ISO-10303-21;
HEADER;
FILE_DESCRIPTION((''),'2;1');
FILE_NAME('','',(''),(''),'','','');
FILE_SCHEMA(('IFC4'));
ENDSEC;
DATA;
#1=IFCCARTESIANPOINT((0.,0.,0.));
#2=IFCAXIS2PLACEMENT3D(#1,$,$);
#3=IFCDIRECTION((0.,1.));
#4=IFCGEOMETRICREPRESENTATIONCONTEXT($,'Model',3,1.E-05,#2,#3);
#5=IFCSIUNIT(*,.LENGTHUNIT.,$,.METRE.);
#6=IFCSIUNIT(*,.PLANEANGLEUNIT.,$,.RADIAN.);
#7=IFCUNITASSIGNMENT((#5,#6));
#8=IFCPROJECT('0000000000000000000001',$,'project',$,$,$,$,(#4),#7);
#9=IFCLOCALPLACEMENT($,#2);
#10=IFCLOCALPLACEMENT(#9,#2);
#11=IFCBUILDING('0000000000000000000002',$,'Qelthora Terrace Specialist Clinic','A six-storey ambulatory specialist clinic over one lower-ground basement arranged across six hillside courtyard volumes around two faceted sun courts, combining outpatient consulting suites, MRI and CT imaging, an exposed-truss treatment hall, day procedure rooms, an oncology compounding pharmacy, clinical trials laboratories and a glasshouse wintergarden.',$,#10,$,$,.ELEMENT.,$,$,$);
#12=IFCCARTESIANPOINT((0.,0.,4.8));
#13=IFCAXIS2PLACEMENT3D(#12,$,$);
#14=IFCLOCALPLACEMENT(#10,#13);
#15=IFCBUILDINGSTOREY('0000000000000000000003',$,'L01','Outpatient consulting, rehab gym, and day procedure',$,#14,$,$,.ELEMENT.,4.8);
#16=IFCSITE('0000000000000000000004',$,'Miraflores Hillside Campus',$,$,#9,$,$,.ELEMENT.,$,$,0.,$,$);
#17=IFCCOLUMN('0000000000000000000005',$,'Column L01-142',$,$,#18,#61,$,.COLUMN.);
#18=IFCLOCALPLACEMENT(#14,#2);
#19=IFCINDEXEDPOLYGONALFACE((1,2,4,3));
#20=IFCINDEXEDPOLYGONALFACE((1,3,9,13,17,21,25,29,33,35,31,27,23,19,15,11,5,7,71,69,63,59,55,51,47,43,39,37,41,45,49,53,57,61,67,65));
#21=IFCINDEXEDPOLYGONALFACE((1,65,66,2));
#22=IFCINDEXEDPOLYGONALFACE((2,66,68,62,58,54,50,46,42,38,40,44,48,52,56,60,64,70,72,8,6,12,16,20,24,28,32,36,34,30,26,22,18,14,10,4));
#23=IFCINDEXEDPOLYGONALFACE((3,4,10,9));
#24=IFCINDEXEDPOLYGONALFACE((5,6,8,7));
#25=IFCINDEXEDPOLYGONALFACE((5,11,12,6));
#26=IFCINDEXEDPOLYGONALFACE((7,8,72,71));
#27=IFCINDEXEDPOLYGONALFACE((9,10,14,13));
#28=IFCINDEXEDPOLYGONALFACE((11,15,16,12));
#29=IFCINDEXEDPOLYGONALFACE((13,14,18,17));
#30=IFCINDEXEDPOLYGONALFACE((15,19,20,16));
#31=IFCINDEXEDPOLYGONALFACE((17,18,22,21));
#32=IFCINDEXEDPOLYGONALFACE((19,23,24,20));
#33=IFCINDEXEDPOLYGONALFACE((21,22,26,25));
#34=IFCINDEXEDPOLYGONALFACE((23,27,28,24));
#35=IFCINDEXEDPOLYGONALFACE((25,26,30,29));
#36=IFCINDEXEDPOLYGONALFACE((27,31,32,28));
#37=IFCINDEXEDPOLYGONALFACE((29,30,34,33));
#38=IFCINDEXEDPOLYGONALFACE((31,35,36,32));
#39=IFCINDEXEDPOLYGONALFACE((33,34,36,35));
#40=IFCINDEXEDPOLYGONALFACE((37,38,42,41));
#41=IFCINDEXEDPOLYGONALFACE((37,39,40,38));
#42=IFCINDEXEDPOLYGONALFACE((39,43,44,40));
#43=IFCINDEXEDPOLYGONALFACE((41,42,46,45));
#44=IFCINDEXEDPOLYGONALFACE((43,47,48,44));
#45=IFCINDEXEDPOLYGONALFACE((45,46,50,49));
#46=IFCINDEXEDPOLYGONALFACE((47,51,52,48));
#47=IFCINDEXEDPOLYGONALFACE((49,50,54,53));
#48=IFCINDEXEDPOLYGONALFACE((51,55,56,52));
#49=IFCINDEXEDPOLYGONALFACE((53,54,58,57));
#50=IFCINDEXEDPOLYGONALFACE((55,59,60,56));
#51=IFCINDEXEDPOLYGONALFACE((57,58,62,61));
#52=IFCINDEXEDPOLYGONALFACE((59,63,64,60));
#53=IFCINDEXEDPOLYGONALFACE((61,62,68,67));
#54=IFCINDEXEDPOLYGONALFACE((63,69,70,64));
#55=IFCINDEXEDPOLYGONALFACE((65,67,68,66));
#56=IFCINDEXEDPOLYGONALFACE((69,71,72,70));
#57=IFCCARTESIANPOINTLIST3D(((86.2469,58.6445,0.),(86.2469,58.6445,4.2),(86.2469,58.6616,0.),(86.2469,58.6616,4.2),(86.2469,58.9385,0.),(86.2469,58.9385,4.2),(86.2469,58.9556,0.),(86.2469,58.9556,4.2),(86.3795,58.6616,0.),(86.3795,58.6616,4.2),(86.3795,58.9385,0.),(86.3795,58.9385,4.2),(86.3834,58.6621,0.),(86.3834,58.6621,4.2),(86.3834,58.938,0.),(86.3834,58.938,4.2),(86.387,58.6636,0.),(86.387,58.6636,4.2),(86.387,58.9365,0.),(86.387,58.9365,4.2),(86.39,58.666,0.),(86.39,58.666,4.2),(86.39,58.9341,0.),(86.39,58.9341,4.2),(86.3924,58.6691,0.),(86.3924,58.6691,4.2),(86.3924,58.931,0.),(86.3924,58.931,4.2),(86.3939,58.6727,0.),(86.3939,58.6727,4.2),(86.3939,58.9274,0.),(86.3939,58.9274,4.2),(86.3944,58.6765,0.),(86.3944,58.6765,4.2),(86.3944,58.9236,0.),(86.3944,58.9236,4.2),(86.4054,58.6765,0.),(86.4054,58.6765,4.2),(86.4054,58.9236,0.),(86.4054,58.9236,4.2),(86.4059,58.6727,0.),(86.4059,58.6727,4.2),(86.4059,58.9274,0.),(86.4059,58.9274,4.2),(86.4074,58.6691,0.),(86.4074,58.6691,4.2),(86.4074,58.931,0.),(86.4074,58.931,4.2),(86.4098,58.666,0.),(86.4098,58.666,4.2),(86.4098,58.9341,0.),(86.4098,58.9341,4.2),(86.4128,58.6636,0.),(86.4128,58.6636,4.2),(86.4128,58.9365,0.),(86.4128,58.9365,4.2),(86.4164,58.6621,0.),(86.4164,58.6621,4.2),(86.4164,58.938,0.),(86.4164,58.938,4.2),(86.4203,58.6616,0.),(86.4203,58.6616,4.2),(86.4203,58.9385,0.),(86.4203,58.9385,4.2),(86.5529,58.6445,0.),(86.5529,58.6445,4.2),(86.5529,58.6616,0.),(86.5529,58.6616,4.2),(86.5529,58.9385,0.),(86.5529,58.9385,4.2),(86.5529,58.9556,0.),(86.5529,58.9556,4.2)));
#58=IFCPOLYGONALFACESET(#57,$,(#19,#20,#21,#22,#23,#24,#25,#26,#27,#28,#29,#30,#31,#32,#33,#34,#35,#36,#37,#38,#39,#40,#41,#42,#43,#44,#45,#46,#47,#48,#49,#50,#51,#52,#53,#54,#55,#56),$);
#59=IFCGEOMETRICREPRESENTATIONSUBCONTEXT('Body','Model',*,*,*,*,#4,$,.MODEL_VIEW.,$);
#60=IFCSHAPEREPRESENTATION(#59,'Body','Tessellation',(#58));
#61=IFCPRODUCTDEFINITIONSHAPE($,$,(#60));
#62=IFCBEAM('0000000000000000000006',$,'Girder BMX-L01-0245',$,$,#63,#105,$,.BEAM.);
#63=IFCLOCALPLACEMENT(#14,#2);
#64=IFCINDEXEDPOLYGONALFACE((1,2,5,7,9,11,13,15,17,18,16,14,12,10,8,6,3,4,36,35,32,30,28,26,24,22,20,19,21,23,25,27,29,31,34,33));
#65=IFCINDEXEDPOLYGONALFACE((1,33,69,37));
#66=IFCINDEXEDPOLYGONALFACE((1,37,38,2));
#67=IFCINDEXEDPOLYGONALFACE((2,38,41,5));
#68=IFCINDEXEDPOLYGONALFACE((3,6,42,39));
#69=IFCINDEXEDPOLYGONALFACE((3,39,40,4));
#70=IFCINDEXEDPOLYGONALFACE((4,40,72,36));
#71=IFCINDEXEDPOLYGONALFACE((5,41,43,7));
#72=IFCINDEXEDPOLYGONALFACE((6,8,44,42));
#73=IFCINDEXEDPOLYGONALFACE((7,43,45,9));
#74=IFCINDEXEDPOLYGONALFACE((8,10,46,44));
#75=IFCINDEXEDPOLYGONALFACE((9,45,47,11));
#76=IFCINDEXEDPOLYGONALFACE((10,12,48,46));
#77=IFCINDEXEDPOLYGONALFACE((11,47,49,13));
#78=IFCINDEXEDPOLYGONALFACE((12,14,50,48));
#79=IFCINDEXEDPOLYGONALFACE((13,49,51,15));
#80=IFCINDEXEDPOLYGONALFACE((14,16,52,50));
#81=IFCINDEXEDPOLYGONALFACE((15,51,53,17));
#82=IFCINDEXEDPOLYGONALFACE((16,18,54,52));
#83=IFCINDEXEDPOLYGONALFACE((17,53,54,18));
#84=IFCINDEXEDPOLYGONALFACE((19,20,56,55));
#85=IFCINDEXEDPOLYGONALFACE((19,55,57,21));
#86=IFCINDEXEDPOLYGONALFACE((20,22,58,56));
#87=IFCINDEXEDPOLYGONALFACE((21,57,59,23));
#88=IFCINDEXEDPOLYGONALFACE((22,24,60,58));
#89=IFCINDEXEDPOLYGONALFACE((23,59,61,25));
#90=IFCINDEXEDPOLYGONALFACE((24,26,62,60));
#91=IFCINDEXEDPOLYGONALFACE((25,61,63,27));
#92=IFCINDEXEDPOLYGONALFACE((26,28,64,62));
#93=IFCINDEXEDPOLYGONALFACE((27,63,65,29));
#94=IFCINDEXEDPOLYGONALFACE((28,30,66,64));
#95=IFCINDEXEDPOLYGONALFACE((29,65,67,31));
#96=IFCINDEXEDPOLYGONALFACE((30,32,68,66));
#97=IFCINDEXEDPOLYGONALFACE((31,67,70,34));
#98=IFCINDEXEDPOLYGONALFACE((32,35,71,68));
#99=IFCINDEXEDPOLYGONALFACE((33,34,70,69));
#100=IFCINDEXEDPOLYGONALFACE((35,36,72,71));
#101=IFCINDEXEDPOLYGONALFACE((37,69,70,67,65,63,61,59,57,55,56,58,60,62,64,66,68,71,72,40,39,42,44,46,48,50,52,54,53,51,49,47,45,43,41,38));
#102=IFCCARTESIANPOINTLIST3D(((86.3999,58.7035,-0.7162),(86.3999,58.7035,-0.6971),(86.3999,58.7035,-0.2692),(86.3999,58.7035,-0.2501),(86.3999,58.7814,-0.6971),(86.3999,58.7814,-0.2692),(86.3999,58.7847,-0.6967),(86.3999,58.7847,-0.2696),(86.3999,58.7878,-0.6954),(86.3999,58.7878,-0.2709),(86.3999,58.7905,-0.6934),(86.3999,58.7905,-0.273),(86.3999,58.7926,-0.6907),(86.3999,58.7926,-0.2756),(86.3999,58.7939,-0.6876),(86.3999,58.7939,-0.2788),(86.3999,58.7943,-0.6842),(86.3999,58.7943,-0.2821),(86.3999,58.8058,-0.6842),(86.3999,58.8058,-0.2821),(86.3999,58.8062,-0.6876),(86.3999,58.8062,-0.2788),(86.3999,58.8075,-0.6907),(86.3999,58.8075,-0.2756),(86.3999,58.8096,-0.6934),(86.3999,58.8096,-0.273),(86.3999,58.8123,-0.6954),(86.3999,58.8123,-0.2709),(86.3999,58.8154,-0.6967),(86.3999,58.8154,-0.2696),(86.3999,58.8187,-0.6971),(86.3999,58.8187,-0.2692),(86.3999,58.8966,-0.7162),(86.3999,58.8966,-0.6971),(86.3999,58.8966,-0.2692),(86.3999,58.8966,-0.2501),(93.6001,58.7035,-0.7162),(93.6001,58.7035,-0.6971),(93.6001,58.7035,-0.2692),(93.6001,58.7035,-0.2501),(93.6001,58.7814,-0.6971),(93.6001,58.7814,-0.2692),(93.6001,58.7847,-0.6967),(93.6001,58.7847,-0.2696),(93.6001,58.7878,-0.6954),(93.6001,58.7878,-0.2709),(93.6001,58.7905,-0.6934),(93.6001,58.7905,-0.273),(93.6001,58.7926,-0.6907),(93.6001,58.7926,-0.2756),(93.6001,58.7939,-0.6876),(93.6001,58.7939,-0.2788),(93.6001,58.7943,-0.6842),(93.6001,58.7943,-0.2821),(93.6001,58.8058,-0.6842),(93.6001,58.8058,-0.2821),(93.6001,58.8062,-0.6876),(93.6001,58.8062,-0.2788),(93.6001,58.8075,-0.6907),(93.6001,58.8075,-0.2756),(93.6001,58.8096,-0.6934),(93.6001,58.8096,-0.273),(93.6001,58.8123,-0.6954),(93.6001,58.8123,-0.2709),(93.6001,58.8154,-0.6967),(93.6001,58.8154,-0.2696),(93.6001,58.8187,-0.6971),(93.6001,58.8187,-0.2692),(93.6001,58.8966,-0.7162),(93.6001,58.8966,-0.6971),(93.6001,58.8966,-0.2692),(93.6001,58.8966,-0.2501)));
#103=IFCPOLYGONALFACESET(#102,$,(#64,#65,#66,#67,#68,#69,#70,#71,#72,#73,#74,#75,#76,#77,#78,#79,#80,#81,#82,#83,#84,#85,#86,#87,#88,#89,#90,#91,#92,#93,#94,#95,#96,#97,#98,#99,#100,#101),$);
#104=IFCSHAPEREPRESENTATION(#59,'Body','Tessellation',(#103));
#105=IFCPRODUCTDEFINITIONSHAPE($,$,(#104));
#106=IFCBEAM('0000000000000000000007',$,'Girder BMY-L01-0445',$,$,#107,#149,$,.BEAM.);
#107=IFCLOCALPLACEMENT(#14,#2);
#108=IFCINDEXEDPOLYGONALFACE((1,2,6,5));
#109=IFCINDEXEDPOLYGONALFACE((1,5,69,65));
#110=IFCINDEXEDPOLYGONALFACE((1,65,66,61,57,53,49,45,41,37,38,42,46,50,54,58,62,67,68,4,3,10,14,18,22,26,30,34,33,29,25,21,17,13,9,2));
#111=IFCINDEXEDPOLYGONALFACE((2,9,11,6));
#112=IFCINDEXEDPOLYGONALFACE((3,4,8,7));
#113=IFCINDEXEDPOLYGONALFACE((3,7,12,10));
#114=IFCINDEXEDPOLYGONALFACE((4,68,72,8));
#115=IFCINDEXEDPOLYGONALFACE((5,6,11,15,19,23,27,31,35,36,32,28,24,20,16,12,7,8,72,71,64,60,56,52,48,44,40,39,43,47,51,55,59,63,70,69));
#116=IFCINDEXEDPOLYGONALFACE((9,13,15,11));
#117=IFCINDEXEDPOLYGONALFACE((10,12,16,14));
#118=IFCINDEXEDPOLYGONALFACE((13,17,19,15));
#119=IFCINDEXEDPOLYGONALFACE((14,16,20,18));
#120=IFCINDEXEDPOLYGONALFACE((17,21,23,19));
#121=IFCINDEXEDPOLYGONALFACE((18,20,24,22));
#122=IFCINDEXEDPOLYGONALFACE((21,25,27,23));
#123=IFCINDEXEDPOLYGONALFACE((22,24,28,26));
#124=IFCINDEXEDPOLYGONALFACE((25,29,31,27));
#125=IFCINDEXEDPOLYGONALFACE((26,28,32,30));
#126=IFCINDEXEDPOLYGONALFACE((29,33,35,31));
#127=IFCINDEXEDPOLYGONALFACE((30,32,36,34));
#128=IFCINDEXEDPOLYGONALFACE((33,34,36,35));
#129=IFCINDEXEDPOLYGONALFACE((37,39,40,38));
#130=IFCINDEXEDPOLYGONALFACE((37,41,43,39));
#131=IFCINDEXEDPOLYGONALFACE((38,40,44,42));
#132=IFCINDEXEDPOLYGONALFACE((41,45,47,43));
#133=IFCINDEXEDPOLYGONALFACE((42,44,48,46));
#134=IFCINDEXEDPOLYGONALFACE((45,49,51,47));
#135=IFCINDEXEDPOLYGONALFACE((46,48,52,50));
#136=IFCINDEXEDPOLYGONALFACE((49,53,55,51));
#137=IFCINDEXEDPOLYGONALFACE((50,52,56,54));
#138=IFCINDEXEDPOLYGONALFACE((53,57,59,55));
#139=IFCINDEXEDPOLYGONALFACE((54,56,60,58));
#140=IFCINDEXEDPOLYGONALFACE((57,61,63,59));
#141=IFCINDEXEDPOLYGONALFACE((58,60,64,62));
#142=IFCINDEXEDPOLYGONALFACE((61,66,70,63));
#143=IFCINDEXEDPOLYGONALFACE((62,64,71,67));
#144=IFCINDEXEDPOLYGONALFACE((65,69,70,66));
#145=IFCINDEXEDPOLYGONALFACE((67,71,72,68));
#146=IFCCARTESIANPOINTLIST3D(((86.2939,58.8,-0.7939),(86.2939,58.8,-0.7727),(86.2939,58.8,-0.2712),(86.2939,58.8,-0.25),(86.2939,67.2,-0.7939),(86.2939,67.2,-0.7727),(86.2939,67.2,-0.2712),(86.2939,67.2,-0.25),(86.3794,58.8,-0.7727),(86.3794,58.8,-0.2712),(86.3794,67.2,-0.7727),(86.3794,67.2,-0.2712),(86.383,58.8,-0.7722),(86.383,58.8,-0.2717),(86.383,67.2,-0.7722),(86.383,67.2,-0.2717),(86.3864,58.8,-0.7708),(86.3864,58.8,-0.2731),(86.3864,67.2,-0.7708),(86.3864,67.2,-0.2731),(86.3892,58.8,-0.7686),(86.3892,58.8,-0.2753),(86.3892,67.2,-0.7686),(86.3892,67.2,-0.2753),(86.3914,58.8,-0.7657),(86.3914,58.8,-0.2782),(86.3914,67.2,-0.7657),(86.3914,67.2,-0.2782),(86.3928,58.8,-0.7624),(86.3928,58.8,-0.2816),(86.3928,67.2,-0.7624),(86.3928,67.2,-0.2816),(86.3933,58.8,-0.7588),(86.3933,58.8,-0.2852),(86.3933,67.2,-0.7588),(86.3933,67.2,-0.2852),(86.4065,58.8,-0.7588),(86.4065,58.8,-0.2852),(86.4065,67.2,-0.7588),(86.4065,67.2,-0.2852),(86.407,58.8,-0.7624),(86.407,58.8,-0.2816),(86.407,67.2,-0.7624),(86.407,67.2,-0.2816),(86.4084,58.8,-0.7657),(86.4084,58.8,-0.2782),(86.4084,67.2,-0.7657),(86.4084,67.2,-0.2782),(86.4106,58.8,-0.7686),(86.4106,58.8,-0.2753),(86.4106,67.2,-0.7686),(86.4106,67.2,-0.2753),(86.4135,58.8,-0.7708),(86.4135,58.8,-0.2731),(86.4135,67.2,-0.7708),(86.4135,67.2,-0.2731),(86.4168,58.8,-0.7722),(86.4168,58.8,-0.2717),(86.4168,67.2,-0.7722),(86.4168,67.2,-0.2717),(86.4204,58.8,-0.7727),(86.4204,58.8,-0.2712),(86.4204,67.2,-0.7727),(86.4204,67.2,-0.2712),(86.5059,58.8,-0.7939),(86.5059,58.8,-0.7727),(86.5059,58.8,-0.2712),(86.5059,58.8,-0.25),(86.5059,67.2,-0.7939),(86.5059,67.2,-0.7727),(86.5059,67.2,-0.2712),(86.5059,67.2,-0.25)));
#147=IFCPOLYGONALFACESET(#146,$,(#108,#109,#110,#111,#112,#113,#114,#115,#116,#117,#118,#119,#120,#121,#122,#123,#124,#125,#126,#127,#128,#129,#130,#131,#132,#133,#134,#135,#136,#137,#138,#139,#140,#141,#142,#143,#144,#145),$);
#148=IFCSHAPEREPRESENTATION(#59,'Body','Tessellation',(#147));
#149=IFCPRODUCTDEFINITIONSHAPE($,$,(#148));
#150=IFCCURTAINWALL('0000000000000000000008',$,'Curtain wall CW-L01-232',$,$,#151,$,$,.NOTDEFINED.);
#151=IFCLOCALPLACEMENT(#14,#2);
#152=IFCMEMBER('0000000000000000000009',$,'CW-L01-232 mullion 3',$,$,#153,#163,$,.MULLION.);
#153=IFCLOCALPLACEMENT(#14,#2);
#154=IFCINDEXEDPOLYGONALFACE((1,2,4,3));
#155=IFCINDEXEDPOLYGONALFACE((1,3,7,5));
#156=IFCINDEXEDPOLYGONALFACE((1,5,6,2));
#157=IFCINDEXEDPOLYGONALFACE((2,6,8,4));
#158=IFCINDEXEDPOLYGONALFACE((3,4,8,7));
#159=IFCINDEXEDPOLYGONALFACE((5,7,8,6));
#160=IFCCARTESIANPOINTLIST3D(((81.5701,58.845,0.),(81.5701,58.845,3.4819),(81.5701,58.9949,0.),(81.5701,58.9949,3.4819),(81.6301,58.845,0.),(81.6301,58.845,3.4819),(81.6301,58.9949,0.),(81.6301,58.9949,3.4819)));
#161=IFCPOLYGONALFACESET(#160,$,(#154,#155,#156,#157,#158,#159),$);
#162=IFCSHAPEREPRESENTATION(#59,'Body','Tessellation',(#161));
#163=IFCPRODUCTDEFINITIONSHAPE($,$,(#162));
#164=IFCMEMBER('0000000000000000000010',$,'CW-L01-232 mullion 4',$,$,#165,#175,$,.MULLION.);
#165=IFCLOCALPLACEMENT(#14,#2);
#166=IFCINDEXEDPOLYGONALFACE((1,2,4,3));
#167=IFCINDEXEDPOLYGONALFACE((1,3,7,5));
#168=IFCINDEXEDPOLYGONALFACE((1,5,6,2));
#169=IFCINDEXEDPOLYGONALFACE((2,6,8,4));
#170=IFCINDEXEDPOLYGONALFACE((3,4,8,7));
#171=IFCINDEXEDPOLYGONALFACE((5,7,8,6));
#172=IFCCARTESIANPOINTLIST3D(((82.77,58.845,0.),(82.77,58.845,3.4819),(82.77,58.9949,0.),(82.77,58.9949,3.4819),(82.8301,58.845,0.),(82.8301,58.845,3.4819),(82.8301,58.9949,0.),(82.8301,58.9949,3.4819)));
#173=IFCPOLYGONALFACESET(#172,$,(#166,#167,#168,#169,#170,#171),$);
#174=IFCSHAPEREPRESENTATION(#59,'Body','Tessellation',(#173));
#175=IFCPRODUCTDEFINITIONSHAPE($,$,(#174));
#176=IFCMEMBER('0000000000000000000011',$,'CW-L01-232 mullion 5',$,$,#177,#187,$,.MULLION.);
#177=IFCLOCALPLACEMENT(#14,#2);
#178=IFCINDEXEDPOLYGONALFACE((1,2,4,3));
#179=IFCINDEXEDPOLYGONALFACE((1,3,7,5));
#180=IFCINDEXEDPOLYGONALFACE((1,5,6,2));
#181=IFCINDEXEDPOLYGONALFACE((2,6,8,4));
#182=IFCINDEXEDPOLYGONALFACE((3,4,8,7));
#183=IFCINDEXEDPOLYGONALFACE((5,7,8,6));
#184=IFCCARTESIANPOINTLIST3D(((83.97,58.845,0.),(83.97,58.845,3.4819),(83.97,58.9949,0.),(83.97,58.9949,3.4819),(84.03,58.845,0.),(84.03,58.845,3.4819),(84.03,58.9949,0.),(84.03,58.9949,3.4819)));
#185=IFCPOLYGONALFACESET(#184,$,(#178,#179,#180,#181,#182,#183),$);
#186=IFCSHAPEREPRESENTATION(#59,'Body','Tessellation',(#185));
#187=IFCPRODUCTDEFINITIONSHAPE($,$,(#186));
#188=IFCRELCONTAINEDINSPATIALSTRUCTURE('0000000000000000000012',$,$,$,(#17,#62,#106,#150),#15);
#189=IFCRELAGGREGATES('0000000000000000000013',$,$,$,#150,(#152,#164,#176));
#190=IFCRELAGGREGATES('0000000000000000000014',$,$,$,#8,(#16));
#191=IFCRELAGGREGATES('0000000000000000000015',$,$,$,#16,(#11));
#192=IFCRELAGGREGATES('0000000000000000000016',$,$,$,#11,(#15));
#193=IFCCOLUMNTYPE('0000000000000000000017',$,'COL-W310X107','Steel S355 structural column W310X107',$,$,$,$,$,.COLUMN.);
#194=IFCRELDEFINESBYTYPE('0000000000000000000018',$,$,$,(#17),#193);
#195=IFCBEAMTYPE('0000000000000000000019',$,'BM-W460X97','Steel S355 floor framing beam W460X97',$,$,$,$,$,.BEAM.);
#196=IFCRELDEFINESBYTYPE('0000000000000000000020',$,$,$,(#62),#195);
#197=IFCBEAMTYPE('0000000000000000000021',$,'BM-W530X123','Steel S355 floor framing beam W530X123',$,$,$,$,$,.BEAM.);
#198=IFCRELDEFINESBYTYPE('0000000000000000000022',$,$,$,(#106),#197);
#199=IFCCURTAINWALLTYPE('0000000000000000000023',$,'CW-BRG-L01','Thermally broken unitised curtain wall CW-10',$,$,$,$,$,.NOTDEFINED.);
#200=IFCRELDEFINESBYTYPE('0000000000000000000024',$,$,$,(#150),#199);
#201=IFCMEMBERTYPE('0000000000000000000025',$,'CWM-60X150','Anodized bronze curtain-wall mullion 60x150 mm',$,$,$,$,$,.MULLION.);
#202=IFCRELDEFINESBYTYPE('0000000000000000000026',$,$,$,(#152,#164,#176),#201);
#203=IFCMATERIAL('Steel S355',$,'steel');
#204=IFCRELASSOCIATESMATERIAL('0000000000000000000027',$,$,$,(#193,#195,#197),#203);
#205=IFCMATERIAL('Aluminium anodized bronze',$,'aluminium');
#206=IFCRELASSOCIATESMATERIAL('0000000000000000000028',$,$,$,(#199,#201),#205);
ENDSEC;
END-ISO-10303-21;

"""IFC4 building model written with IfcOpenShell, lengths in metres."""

from ifc_helpers import new_model, si_unit, direction, frame, origin, origin_2d, place, context, subcontext, project, spatial, rectangle, i_section, extrude, material, material_profile, profile_set, type_object, element, aggregate, save


model = new_model("IFC4")

# Units and contexts
model_context = context("Model", 3, precision=1e-05, world=origin(), true_north=direction((0.0, 1.0)))
body_context = subcontext(model_context, "Body", "Model", "MODEL_VIEW")
ifc_project = project(units=[si_unit("LENGTHUNIT", "METRE"), si_unit("PLANEANGLEUNIT", "RADIAN")], contexts=[model_context])

# Site, building, storey
site_placement = place(None, origin())
site = spatial("IfcSite", under=ifc_project, at=site_placement, Name="Miraflores Hillside Campus", CompositionType="ELEMENT", RefElevation=0.0)
building_placement = place(site_placement, origin())
building = spatial("IfcBuilding", under=site, at=building_placement, Name="Qelthora Terrace Specialist Clinic", Description="A six-storey ambulatory specialist clinic over one lower-ground basement arranged across six hillside courtyard volumes around two faceted sun courts, combining outpatient consulting suites, MRI and CT imaging, an exposed-truss treatment hall, day procedure rooms, an oncology compounding pharmacy, clinical trials laboratories and a glasshouse wintergarden.", CompositionType="ELEMENT")
storey_placement = place(building_placement, frame((0.0, 0.0, 4.8)))
storey = spatial("IfcBuildingStorey", under=building, at=storey_placement, Name="L01", Description="Outpatient consulting, rehab gym, and day procedure", CompositionType="ELEMENT", Elevation=4.8)

# Column
ifc_material_1 = material(Name="Steel S355", Category="steel")
ifc_material_profile_1 = material_profile(ifc_material_1, i_section(OverallWidth=0.3059, OverallDepth=0.311, WebThickness=0.011, FlangeThickness=0.0171, FilletRadius=0.0149, at=origin_2d()), Name="W310X107")
ifc_profile_set_1 = profile_set([ifc_material_profile_1], Name="Steel S355")
column_type = type_object("IfcColumnType", Name="COL-W310X107", Description="Steel S355 structural column W310X107", PredefinedType="COLUMN", material=ifc_profile_set_1)
column_placement = place(storey_placement, frame((86.3999, 58.8, 0.0), z_axis=(0.0, 0.0, 1.0), x_axis=(1.0, 0.0, 0.0)))
element("IfcColumn", 1, at=column_placement, inside=storey, type_object=column_type, Name="Column L01-142", PredefinedType="COLUMN", context=body_context, shape_type="SweptSolid", body=[
    extrude(i_section(OverallWidth=0.3059, OverallDepth=0.311, WebThickness=0.011, FlangeThickness=0.0171, FilletRadius=0.0149, at=origin_2d()), origin(), (0.0, 0.0, 1.0), 4.2),
])

# Beams
ifc_material_profile_2 = material_profile(ifc_material_1, i_section(OverallWidth=0.1931, OverallDepth=0.4661, WebThickness=0.0115, FlangeThickness=0.019, FilletRadius=0.0129, at=origin_2d()), Name="W460X97")
ifc_profile_set_2 = profile_set([ifc_material_profile_2], Name="Steel S355")
beam_type_1 = type_object("IfcBeamType", Name="BM-W460X97", Description="Steel S355 floor framing beam W460X97", PredefinedType="BEAM", material=ifc_profile_set_2)
beam_1_placement = place(storey_placement, frame((86.3999, 58.8, -0.4832), z_axis=(1.0, 0.0, 0.0), x_axis=(0.0, 1.0, 0.0)))
element("IfcBeam", 2, at=beam_1_placement, inside=storey, type_object=beam_type_1, Name="Girder BMX-L01-0245", PredefinedType="BEAM", context=body_context, shape_type="SweptSolid", body=[
    extrude(i_section(OverallWidth=0.1931, OverallDepth=0.4661, WebThickness=0.0115, FlangeThickness=0.019, FilletRadius=0.0129, at=origin_2d()), origin(), (0.0, 0.0, 1.0), 7.2002),
])
ifc_material_profile_3 = material_profile(ifc_material_1, i_section(OverallWidth=0.2119, OverallDepth=0.5439, WebThickness=0.0132, FlangeThickness=0.0212, FilletRadius=0.0139, at=origin_2d()), Name="W530X123")
ifc_profile_set_3 = profile_set([ifc_material_profile_3], Name="Steel S355")
beam_type_2 = type_object("IfcBeamType", Name="BM-W530X123", Description="Steel S355 floor framing beam W530X123", PredefinedType="BEAM", material=ifc_profile_set_3)
beam_2_placement = place(storey_placement, frame((86.3999, 58.8, -0.522), z_axis=(0.0, 1.0, 0.0), x_axis=(-1.0, 0.0, 0.0)))
element("IfcBeam", 3, at=beam_2_placement, inside=storey, type_object=beam_type_2, Name="Girder BMY-L01-0445", PredefinedType="BEAM", context=body_context, shape_type="SweptSolid", body=[
    extrude(i_section(OverallWidth=0.2119, OverallDepth=0.5439, WebThickness=0.0132, FlangeThickness=0.0212, FilletRadius=0.0139, at=origin_2d()), origin(), (0.0, 0.0, 1.0), 8.3999),
])

# Curtain wall, members
ifc_material_2 = material(Name="Aluminium anodized bronze", Category="aluminium")
curtain_wall_type = type_object("IfcCurtainWallType", Name="CW-BRG-L01", Description="Thermally broken unitised curtain wall CW-10", PredefinedType="NOTDEFINED", material=ifc_material_2)
curtain_wall_1_placement = place(storey_placement, origin())
curtain_wall_1 = element("IfcCurtainWall", 4, at=curtain_wall_1_placement, inside=storey, type_object=curtain_wall_type, Name="Curtain wall CW-L01-232", PredefinedType="NOTDEFINED")
ifc_material_profile_4 = material_profile(ifc_material_2, rectangle(XDim=0.0601, YDim=0.1499, at=origin_2d()), Name="CWM60X150")
ifc_profile_set_4 = profile_set([ifc_material_profile_4], Name="Aluminium anodized bronze")
member_type_1 = type_object("IfcMemberType", Name="CWM-60X150", Description="Anodized bronze curtain-wall mullion 60x150 mm", PredefinedType="MULLION", material=ifc_profile_set_4)
member_1_placement = place(storey_placement, frame((81.6001, 58.9199, 0.0), z_axis=(0.0, 0.0, 1.0), x_axis=(1.0, 0.0, 0.0)))
member_1 = element("IfcMember", 5, at=member_1_placement, type_object=member_type_1, Name="CW-L01-232 mullion 3", PredefinedType="MULLION", context=body_context, shape_type="SweptSolid", body=[
    extrude(rectangle(XDim=0.0601, YDim=0.1499, at=origin_2d()), origin(), (0.0, 0.0, 1.0), 3.4819),
])
member_2_placement = place(storey_placement, frame((82.8, 58.9199, 0.0), z_axis=(0.0, 0.0, 1.0), x_axis=(1.0, 0.0, 0.0)))
member_2 = element("IfcMember", 6, at=member_2_placement, type_object=member_type_1, Name="CW-L01-232 mullion 4", PredefinedType="MULLION", context=body_context, shape_type="SweptSolid", body=[
    extrude(rectangle(XDim=0.0601, YDim=0.1499, at=origin_2d()), origin(), (0.0, 0.0, 1.0), 3.4819),
])
member_3_placement = place(storey_placement, frame((84.0, 58.9199, 0.0), z_axis=(0.0, 0.0, 1.0), x_axis=(1.0, 0.0, 0.0)))
member_3 = element("IfcMember", 7, at=member_3_placement, type_object=member_type_1, Name="CW-L01-232 mullion 5", PredefinedType="MULLION", context=body_context, shape_type="SweptSolid", body=[
    extrude(rectangle(XDim=0.0601, YDim=0.1499, at=origin_2d()), origin(), (0.0, 0.0, 1.0), 3.4819),
])

aggregate(curtain_wall_1, [member_1, member_2, member_3])

save(model, "model.ifc")
